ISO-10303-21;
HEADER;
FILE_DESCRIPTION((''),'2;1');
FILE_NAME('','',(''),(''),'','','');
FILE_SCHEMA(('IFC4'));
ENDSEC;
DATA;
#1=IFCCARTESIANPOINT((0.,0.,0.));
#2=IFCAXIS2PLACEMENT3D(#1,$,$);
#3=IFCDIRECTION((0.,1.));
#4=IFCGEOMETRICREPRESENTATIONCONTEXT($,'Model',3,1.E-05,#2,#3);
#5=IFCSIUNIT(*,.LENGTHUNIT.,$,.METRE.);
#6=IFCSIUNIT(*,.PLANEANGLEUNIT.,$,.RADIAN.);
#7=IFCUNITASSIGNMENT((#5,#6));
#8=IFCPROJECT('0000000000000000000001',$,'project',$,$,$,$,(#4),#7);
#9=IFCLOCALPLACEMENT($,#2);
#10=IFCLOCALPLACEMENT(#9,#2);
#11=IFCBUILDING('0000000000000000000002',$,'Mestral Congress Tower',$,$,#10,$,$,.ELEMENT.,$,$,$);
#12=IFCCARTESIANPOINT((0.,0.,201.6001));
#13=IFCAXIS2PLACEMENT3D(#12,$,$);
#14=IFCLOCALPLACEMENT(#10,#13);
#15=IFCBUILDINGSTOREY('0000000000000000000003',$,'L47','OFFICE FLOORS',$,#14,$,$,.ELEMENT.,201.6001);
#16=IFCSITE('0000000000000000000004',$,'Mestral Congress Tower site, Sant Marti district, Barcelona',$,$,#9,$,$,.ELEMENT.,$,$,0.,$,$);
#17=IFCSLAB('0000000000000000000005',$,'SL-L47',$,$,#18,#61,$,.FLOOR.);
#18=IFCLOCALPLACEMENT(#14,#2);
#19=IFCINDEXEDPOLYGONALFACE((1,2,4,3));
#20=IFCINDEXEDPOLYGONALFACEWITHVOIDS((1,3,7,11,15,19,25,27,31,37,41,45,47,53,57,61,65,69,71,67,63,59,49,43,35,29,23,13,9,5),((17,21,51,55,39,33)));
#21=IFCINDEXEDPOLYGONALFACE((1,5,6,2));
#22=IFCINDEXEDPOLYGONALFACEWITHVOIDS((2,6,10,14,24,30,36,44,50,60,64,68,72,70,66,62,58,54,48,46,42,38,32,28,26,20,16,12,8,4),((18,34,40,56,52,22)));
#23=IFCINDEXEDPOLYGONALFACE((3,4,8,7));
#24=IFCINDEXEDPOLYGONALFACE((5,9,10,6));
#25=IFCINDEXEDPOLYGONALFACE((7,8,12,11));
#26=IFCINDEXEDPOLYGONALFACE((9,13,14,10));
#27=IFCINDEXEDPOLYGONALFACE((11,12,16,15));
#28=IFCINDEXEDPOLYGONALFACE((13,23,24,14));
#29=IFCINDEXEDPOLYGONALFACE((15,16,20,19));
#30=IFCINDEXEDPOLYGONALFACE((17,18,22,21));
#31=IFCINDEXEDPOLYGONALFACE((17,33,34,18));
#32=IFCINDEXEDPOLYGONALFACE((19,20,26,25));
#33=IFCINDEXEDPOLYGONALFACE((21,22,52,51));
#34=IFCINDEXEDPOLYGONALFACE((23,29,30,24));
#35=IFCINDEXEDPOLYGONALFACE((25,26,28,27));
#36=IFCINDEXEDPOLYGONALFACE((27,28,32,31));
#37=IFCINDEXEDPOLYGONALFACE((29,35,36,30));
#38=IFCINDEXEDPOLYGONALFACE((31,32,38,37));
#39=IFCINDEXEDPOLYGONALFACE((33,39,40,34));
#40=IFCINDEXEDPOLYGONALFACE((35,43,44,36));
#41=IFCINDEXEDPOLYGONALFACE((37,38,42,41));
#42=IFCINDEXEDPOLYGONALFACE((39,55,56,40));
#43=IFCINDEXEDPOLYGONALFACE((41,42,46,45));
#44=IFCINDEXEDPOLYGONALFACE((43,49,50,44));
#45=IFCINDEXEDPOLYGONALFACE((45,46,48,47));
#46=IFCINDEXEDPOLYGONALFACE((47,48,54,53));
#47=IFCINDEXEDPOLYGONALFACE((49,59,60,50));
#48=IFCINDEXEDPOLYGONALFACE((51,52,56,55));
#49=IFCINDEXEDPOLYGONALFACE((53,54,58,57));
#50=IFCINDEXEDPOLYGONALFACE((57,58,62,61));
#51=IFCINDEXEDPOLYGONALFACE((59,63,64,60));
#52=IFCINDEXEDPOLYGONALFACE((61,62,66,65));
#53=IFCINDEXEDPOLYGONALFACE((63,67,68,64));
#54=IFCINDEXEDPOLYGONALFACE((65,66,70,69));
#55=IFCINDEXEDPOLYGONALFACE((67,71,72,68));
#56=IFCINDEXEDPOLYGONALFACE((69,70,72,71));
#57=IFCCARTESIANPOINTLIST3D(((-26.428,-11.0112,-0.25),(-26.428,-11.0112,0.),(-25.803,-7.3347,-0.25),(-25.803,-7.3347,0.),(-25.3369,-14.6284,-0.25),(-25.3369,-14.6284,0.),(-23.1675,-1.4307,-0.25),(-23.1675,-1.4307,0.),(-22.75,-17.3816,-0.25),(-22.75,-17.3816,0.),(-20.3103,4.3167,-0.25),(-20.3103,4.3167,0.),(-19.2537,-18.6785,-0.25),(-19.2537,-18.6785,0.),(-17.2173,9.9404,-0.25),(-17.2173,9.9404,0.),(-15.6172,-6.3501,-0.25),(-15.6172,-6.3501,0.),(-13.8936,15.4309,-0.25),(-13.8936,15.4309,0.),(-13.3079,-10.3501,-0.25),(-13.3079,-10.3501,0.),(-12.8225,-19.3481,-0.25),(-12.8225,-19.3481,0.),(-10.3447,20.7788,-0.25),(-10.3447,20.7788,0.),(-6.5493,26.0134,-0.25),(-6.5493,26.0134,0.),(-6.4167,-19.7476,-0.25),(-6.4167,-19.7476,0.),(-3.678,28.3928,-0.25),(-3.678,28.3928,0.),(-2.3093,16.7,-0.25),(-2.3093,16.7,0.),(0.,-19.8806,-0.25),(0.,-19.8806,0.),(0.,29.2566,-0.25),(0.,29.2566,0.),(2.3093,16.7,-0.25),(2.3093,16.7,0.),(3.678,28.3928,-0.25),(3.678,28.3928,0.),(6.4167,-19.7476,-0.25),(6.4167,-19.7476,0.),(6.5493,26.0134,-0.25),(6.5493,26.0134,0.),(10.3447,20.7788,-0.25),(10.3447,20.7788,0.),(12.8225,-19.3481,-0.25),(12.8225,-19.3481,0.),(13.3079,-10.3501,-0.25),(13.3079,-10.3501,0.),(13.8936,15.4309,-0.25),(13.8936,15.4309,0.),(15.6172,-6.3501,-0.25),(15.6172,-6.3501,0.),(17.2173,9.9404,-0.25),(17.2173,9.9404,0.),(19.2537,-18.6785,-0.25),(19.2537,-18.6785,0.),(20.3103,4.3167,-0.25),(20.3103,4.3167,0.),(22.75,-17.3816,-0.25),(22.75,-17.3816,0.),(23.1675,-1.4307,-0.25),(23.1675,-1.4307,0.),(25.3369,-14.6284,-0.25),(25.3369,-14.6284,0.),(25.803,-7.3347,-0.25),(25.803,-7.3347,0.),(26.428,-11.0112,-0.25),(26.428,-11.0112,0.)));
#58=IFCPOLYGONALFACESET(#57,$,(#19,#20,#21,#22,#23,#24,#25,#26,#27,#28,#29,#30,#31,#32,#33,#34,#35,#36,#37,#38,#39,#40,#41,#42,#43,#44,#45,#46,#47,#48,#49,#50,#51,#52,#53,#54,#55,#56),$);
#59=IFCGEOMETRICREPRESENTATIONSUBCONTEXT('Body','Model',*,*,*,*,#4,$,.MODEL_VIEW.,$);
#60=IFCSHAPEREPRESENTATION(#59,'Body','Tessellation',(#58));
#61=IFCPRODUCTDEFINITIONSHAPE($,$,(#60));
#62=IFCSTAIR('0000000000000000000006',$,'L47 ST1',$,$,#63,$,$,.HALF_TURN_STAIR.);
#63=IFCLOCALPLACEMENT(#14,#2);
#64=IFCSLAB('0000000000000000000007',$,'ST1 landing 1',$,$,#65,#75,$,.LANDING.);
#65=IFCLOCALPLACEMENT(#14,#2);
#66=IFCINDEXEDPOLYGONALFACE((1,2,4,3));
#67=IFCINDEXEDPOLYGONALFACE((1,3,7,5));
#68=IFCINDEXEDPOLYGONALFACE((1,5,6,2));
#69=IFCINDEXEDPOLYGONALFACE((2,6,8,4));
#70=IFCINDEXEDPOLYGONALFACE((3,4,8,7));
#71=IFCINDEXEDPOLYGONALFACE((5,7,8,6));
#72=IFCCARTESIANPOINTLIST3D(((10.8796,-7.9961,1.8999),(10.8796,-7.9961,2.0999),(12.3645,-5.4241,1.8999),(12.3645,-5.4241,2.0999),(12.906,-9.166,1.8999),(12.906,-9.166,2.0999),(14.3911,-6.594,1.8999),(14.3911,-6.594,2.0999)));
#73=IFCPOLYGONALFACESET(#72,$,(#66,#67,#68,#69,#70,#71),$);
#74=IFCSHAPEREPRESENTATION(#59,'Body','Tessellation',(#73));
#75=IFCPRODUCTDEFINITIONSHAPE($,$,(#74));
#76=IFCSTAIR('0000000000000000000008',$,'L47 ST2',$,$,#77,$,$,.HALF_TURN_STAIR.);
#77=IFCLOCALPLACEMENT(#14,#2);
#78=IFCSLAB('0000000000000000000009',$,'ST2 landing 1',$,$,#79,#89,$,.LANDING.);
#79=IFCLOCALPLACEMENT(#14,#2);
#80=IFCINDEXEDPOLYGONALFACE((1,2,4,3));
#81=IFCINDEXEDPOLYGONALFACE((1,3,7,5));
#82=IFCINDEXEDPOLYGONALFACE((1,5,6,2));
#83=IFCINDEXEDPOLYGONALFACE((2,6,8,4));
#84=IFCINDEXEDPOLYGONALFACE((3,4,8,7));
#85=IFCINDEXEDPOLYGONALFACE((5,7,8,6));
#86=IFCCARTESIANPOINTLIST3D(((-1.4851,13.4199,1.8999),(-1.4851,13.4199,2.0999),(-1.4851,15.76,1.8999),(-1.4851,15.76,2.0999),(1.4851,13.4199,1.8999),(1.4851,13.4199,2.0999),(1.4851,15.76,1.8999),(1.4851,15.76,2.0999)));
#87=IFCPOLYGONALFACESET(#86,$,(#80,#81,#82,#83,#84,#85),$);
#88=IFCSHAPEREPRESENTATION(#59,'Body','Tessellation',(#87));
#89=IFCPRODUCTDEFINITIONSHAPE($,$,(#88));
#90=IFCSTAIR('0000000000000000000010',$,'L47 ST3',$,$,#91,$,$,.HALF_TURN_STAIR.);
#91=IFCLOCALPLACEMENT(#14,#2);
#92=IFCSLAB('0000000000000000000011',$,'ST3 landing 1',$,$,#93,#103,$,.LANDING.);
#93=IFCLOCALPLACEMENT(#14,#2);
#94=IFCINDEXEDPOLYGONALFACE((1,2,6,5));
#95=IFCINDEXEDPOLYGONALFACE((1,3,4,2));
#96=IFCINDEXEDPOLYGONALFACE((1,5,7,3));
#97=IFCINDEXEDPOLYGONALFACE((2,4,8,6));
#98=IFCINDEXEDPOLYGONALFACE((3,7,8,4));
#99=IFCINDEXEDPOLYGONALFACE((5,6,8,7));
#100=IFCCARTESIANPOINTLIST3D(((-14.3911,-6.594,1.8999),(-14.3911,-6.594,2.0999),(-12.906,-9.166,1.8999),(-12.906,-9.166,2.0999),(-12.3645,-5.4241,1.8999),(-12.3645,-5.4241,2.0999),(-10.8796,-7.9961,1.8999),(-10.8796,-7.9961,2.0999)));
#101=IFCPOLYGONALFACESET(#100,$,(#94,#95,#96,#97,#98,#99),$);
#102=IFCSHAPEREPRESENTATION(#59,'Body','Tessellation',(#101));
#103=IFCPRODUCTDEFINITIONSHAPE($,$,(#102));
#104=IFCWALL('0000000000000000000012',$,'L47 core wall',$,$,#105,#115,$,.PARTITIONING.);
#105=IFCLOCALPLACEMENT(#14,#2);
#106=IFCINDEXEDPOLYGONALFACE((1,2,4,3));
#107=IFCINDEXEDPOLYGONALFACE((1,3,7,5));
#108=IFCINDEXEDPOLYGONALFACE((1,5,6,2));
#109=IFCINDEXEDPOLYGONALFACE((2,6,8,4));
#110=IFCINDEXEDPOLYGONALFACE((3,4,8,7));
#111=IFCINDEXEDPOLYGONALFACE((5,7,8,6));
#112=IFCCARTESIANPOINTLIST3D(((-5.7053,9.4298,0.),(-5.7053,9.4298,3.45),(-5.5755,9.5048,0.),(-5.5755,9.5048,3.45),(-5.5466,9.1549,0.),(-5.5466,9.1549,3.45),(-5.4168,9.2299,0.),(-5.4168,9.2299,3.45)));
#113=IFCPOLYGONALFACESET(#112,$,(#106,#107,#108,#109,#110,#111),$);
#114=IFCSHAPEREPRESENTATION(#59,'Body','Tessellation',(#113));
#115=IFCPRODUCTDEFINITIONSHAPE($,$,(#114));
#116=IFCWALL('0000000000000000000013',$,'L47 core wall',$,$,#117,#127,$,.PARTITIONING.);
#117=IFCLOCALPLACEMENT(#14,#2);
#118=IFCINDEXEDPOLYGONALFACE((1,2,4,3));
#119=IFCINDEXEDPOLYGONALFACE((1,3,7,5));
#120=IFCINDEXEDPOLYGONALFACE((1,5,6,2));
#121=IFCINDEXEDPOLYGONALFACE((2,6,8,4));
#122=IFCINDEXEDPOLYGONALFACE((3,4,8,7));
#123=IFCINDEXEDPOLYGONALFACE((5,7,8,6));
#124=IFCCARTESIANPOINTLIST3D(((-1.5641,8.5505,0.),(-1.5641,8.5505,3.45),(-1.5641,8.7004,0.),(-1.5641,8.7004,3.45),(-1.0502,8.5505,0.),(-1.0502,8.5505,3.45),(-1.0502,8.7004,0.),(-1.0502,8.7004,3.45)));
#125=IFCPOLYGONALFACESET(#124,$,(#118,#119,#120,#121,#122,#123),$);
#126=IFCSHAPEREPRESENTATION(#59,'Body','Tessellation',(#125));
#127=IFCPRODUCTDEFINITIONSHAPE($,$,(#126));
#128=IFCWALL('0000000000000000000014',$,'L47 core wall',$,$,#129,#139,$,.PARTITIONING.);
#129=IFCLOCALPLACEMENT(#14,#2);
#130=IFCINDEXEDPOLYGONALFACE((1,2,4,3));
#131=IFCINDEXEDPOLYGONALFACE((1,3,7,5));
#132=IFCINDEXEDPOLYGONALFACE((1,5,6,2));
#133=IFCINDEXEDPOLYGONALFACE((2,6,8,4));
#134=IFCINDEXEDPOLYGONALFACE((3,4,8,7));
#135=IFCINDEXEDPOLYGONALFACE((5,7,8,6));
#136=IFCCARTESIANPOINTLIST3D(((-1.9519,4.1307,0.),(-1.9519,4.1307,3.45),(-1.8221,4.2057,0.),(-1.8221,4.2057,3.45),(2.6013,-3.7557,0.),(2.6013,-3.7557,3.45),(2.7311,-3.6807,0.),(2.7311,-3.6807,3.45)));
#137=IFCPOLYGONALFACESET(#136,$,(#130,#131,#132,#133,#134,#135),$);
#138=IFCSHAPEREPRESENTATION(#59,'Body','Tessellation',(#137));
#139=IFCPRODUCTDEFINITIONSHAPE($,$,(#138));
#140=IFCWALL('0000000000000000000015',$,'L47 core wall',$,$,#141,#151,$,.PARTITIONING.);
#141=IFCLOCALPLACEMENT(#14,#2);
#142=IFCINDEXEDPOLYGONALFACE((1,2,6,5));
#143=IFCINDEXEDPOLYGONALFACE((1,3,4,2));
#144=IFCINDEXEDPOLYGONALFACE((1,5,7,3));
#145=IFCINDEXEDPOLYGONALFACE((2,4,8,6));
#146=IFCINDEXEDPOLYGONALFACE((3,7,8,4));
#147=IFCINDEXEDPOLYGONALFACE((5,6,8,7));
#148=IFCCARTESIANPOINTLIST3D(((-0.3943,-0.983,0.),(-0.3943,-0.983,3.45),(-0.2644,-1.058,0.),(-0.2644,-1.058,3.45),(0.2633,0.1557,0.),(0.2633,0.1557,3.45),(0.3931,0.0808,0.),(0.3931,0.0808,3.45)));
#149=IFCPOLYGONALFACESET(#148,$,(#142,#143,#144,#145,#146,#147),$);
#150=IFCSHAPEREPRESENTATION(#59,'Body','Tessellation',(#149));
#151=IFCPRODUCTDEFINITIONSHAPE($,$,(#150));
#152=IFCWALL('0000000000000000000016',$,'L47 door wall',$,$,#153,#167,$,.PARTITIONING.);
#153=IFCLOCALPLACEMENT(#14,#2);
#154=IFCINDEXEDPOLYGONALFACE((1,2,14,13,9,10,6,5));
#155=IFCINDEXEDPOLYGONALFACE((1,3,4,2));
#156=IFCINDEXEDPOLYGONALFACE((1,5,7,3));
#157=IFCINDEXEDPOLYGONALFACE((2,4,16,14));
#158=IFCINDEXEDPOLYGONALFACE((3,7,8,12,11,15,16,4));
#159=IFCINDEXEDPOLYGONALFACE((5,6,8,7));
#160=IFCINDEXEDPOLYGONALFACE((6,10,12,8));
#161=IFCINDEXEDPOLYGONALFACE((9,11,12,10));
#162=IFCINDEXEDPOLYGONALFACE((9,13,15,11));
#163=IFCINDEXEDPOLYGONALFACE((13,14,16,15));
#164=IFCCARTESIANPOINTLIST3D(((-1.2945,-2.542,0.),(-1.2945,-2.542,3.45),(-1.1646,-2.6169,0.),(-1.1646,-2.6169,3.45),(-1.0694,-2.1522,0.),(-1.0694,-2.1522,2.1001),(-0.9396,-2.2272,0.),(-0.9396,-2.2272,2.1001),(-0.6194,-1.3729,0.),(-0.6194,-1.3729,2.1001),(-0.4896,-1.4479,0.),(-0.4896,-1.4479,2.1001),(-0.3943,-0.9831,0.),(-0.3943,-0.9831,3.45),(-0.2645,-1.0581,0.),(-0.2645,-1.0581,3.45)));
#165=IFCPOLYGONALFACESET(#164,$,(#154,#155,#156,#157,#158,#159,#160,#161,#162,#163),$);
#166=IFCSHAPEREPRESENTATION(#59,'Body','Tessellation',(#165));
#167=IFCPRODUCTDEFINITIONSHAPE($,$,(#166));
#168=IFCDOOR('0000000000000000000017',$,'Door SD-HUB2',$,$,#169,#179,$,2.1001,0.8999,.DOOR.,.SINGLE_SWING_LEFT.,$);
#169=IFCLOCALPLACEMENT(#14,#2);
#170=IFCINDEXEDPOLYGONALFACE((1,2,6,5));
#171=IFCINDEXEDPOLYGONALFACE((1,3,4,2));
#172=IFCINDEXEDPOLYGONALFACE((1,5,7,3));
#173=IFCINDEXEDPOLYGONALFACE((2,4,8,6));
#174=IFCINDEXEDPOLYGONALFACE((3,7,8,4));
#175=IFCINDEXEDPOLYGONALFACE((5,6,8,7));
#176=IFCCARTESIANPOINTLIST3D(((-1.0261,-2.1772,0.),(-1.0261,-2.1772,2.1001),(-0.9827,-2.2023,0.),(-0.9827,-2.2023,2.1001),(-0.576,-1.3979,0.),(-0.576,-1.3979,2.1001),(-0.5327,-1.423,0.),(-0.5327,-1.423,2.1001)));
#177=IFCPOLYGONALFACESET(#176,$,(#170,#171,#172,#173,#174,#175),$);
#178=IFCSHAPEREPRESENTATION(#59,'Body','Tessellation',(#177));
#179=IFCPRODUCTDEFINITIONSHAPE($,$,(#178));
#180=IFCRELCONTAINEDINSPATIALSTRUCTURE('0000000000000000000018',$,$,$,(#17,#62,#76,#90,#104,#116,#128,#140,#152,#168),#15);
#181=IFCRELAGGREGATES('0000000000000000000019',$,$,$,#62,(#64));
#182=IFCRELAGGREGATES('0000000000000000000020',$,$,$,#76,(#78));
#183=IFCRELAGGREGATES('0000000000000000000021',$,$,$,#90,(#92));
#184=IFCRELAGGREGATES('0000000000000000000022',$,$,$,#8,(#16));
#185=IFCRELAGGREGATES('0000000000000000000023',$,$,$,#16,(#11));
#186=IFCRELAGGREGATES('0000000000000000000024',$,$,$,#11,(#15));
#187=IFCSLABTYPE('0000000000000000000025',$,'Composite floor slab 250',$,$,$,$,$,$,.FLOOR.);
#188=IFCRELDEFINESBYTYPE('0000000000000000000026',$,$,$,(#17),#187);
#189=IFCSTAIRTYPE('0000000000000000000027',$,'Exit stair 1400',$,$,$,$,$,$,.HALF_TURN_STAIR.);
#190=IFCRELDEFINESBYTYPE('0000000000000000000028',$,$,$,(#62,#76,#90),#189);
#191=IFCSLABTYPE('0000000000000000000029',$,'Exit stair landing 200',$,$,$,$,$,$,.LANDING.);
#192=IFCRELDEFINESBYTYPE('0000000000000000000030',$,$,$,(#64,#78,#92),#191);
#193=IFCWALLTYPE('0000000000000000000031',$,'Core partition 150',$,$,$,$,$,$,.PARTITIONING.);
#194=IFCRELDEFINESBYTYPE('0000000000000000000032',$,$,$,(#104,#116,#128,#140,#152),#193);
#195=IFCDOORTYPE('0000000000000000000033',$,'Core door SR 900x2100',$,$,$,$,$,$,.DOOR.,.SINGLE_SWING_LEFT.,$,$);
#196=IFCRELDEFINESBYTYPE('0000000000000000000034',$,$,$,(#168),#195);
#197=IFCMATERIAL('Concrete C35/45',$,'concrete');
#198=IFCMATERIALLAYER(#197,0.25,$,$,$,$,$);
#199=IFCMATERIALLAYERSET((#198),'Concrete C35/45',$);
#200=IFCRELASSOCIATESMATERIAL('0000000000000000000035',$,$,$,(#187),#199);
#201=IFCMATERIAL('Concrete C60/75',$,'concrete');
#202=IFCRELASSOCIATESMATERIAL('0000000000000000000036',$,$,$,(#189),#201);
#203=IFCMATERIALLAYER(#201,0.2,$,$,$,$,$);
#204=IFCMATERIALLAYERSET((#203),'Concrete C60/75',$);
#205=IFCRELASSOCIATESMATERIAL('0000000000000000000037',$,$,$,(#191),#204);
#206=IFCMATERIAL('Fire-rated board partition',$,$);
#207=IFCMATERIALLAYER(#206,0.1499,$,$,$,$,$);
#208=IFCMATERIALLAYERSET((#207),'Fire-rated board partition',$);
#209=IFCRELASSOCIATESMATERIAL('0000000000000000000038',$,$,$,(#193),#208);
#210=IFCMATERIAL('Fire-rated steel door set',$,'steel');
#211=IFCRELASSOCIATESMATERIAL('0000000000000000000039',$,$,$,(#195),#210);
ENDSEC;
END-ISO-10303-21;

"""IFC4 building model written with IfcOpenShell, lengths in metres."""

from ifc_helpers import new_model, si_unit, direction, frame, frame_2d, origin, place, context, subcontext, project, spatial, polyline, rectangle, outline, extrude, material, layer, layer_set, type_object, element, fill, aggregate, save


model = new_model("IFC4")

# Units and contexts
model_context = context("Model", 3, precision=1e-05, world=origin(), true_north=direction((0.0, 1.0)))
body_context = subcontext(model_context, "Body", "Model", "MODEL_VIEW")
ifc_project = project(units=[si_unit("LENGTHUNIT", "METRE"), si_unit("PLANEANGLEUNIT", "RADIAN")], contexts=[model_context])

# Site, building, storey
site_placement = place(None, origin())
site = spatial("IfcSite", under=ifc_project, at=site_placement, Name="Mestral Congress Tower site, Sant Marti district, Barcelona", CompositionType="ELEMENT", RefElevation=0.0)
building_placement = place(site_placement, origin())
building = spatial("IfcBuilding", under=site, at=building_placement, Name="Mestral Congress Tower", CompositionType="ELEMENT")
storey_placement = place(building_placement, frame((0.0, 0.0, 201.6001)))
storey = spatial("IfcBuildingStorey", under=building, at=storey_placement, Name="L47", Description="OFFICE FLOORS", CompositionType="ELEMENT", Elevation=201.6001)

# Slab
ifc_material_1 = material(Name="Concrete C35/45", Category="concrete")
ifc_layer_1 = layer(ifc_material_1, 0.25)
ifc_layer_set_1 = layer_set([ifc_layer_1], Name="Concrete C35/45")
slab_type_1 = type_object("IfcSlabType", Name="Composite floor slab 250", PredefinedType="FLOOR", material=ifc_layer_set_1)
slab_1_placement = place(storey_placement, frame((0.0, 0.0, -0.25)))
element("IfcSlab", 1, at=slab_1_placement, inside=storey, type_object=slab_type_1, Name="SL-L47", PredefinedType="FLOOR", context=body_context, shape_type="SweptSolid", body=[
    extrude(outline(polyline([(-19.2537, -18.6785), (-22.75, -17.3816), (-25.3369, -14.6284), (-26.428, -11.0112), (-25.803, -7.3347), (-23.1675, -1.4307), (-20.3103, 4.3167), (-17.2173, 9.9404), (-13.8936, 15.4309), (-10.3447, 20.7788), (-6.5493, 26.0134), (-3.678, 28.3928), (0.0, 29.2566), (3.678, 28.3928), (6.5493, 26.0134), (10.3447, 20.7788), (13.8936, 15.4309), (17.2173, 9.9404), (20.3103, 4.3167), (23.1675, -1.4307), (25.803, -7.3347), (26.428, -11.0112), (25.3369, -14.6284), (22.75, -17.3816), (19.2537, -18.6785), (12.8225, -19.3481), (6.4167, -19.7476), (0.0, -19.8806), (-6.4167, -19.7476), (-12.8225, -19.3481), (-19.2537, -18.6785)]), holes=[polyline([(-2.3093, 16.7), (-15.6172, -6.3501), (-13.3079, -10.3501), (13.3079, -10.3501), (15.6172, -6.3501), (2.3093, 16.7), (-2.3093, 16.7)])]), origin(), (0.0, 0.0, 1.0), 0.25),
])

# Stairs, slabs
ifc_material_2 = material(Name="Concrete C60/75", Category="concrete")
stair_type = type_object("IfcStairType", Name="Exit stair 1400", PredefinedType="HALF_TURN_STAIR", material=ifc_material_2)
placement_1 = place(storey_placement, origin())
stair_1 = element("IfcStair", 2, at=placement_1, inside=storey, type_object=stair_type, Name="L47 ST1", PredefinedType="HALF_TURN_STAIR")
ifc_layer_2 = layer(ifc_material_2, 0.2)
ifc_layer_set_2 = layer_set([ifc_layer_2], Name="Concrete C60/75")
slab_type_2 = type_object("IfcSlabType", Name="Exit stair landing 200", PredefinedType="LANDING", material=ifc_layer_set_2)
placement_2 = place(storey_placement, frame((0.0, 0.0, 1.8999)))
slab_2 = element("IfcSlab", 3, at=placement_2, type_object=slab_type_2, Name="ST1 landing 1", PredefinedType="LANDING", context=body_context, shape_type="SweptSolid", body=[
    extrude(outline(polyline([(10.8796, -7.9961), (12.3645, -5.4241), (14.3911, -6.594), (12.906, -9.166), (10.8796, -7.9961)])), origin(), (0.0, 0.0, 1.0), 0.2),
])
aggregate(stair_1, [slab_2])
stair_2 = element("IfcStair", 4, at=placement_1, inside=storey, type_object=stair_type, Name="L47 ST2", PredefinedType="HALF_TURN_STAIR")
slab_3 = element("IfcSlab", 5, at=placement_2, type_object=slab_type_2, Name="ST2 landing 1", PredefinedType="LANDING", context=body_context, shape_type="SweptSolid", body=[
    extrude(outline(polyline([(1.4851, 13.4199), (-1.4851, 13.4199), (-1.4851, 15.76), (1.4851, 15.76), (1.4851, 13.4199)])), origin(), (0.0, 0.0, 1.0), 0.2),
])
aggregate(stair_2, [slab_3])
stair_3 = element("IfcStair", 6, at=placement_1, inside=storey, type_object=stair_type, Name="L47 ST3", PredefinedType="HALF_TURN_STAIR")
slab_4 = element("IfcSlab", 7, at=placement_2, type_object=slab_type_2, Name="ST3 landing 1", PredefinedType="LANDING", context=body_context, shape_type="SweptSolid", body=[
    extrude(outline(polyline([(-12.3645, -5.4241), (-10.8796, -7.9961), (-12.906, -9.166), (-14.3911, -6.594), (-12.3645, -5.4241)])), origin(), (0.0, 0.0, 1.0), 0.2),
])
aggregate(stair_3, [slab_4])

# Walls
ifc_material_3 = material(Name="Fire-rated board partition")
ifc_layer_3 = layer(ifc_material_3, 0.1499)
ifc_layer_set_3 = layer_set([ifc_layer_3], Name="Fire-rated board partition")
wall_type_1 = type_object("IfcWallType", Name="Core partition 150", PredefinedType="PARTITIONING", material=ifc_layer_set_3)
wall_1_placement = place(storey_placement, frame((-5.6404, 9.4673, 0.0), z_axis=(0.0, 0.0, 1.0), x_axis=(0.499944, -0.866058, 0.0)))
element("IfcWall", 8, at=wall_1_placement, inside=storey, type_object=wall_type_1, Name="L47 core wall", PredefinedType="PARTITIONING", context=body_context, shape_type="SweptSolid", body=[
    extrude(rectangle(XDim=0.3174, YDim=0.1499, at=frame_2d((0.1587, 0.0))), origin(), (0.0, 0.0, 1.0), 3.45),
])
wall_2_placement = place(storey_placement, frame((-1.564, 8.6255, 0.0), z_axis=(0.0, 0.0, 1.0), x_axis=(1.0, 0.0, 0.0)))
element("IfcWall", 9, at=wall_2_placement, inside=storey, type_object=wall_type_1, Name="L47 core wall", PredefinedType="PARTITIONING", context=body_context, shape_type="SweptSolid", body=[
    extrude(rectangle(XDim=0.5139, YDim=0.1499, at=frame_2d((0.2568, 0.0))), origin(), (0.0, 0.0, 1.0), 3.45),
])
wall_3_placement = place(storey_placement, frame((-1.887, 4.1682, 0.0), z_axis=(0.0, 0.0, 1.0), x_axis=(0.499997, -0.866027, 0.0)))
element("IfcWall", 10, at=wall_3_placement, inside=storey, type_object=wall_type_1, Name="L47 core wall", PredefinedType="PARTITIONING", context=body_context, shape_type="SweptSolid", body=[
    extrude(rectangle(XDim=9.1064, YDim=0.1499, at=frame_2d((4.5532, 0.0))), origin(), (0.0, 0.0, 1.0), 3.45),
])
wall_4_placement = place(storey_placement, frame((-0.3293, -1.0205, 0.0), z_axis=(0.0, 0.0, 1.0), x_axis=(0.500033, 0.866006, 0.0)))
element("IfcWall", 11, at=wall_4_placement, inside=storey, type_object=wall_type_1, Name="L47 core wall", PredefinedType="PARTITIONING", context=body_context, shape_type="SweptSolid", body=[
    extrude(rectangle(XDim=1.3149, YDim=0.1499, at=frame_2d((0.6575, 0.0))), origin(), (0.0, 0.0, 1.0), 3.45),
])

# Wall, opening, door
wall_5_placement = place(storey_placement, frame((-1.2295, -2.5793, 0.0), z_axis=(0.0, 0.0, 1.0), x_axis=(0.500063, 0.865989, 0.0)))
wall_5 = element("IfcWall", 12, at=wall_5_placement, inside=storey, type_object=wall_type_1, Name="L47 door wall", PredefinedType="PARTITIONING", context=body_context, shape_type="SweptSolid", body=[
    extrude(rectangle(XDim=1.8, YDim=0.1499, at=frame_2d((0.8999, 0.0))), origin(), (0.0, 0.0, 1.0), 3.45),
])
opening_1_placement = place(wall_5_placement, frame((0.45, 0.0, 0.0)))
opening_1 = element("IfcOpeningElement", 13, at=opening_1_placement, cuts=wall_5, PredefinedType="OPENING", context=body_context, shape_type="SweptSolid", body=[
    extrude(rectangle(XDim=0.8999, YDim=2.1001, at=frame_2d((0.45, 1.05))), frame((0.0, 0.085, 0.0), z_axis=(0.0, -1.0, 0.0), x_axis=(1.0, 0.0, 0.0)), (0.0, 0.0, 1.0), 0.1699),
])
ifc_material_4 = material(Name="Fire-rated steel door set", Category="steel")
door_type_1 = type_object("IfcDoorType", Name="Core door SR 900x2100", OperationType="SINGLE_SWING_LEFT", PredefinedType="DOOR", material=ifc_material_4)
door_1_placement = place(opening_1_placement, origin())
door_1 = element("IfcDoor", 14, at=door_1_placement, inside=storey, type_object=door_type_1, Name="Door SD-HUB2", OperationType="SINGLE_SWING_LEFT", OverallHeight=2.1001, OverallWidth=0.8999, PredefinedType="DOOR", context=body_context, shape_type="SweptSolid", body=[
    extrude(rectangle(XDim=0.8999, YDim=2.1001, at=frame_2d((0.45, 1.05))), frame((0.0, 0.0249, 0.0), z_axis=(0.0, -1.0, 0.0), x_axis=(1.0, 0.0, 0.0)), (0.0, 0.0, 1.0), 0.05),
])
fill(opening_1, door_1)

save(model, "model.ifc")
